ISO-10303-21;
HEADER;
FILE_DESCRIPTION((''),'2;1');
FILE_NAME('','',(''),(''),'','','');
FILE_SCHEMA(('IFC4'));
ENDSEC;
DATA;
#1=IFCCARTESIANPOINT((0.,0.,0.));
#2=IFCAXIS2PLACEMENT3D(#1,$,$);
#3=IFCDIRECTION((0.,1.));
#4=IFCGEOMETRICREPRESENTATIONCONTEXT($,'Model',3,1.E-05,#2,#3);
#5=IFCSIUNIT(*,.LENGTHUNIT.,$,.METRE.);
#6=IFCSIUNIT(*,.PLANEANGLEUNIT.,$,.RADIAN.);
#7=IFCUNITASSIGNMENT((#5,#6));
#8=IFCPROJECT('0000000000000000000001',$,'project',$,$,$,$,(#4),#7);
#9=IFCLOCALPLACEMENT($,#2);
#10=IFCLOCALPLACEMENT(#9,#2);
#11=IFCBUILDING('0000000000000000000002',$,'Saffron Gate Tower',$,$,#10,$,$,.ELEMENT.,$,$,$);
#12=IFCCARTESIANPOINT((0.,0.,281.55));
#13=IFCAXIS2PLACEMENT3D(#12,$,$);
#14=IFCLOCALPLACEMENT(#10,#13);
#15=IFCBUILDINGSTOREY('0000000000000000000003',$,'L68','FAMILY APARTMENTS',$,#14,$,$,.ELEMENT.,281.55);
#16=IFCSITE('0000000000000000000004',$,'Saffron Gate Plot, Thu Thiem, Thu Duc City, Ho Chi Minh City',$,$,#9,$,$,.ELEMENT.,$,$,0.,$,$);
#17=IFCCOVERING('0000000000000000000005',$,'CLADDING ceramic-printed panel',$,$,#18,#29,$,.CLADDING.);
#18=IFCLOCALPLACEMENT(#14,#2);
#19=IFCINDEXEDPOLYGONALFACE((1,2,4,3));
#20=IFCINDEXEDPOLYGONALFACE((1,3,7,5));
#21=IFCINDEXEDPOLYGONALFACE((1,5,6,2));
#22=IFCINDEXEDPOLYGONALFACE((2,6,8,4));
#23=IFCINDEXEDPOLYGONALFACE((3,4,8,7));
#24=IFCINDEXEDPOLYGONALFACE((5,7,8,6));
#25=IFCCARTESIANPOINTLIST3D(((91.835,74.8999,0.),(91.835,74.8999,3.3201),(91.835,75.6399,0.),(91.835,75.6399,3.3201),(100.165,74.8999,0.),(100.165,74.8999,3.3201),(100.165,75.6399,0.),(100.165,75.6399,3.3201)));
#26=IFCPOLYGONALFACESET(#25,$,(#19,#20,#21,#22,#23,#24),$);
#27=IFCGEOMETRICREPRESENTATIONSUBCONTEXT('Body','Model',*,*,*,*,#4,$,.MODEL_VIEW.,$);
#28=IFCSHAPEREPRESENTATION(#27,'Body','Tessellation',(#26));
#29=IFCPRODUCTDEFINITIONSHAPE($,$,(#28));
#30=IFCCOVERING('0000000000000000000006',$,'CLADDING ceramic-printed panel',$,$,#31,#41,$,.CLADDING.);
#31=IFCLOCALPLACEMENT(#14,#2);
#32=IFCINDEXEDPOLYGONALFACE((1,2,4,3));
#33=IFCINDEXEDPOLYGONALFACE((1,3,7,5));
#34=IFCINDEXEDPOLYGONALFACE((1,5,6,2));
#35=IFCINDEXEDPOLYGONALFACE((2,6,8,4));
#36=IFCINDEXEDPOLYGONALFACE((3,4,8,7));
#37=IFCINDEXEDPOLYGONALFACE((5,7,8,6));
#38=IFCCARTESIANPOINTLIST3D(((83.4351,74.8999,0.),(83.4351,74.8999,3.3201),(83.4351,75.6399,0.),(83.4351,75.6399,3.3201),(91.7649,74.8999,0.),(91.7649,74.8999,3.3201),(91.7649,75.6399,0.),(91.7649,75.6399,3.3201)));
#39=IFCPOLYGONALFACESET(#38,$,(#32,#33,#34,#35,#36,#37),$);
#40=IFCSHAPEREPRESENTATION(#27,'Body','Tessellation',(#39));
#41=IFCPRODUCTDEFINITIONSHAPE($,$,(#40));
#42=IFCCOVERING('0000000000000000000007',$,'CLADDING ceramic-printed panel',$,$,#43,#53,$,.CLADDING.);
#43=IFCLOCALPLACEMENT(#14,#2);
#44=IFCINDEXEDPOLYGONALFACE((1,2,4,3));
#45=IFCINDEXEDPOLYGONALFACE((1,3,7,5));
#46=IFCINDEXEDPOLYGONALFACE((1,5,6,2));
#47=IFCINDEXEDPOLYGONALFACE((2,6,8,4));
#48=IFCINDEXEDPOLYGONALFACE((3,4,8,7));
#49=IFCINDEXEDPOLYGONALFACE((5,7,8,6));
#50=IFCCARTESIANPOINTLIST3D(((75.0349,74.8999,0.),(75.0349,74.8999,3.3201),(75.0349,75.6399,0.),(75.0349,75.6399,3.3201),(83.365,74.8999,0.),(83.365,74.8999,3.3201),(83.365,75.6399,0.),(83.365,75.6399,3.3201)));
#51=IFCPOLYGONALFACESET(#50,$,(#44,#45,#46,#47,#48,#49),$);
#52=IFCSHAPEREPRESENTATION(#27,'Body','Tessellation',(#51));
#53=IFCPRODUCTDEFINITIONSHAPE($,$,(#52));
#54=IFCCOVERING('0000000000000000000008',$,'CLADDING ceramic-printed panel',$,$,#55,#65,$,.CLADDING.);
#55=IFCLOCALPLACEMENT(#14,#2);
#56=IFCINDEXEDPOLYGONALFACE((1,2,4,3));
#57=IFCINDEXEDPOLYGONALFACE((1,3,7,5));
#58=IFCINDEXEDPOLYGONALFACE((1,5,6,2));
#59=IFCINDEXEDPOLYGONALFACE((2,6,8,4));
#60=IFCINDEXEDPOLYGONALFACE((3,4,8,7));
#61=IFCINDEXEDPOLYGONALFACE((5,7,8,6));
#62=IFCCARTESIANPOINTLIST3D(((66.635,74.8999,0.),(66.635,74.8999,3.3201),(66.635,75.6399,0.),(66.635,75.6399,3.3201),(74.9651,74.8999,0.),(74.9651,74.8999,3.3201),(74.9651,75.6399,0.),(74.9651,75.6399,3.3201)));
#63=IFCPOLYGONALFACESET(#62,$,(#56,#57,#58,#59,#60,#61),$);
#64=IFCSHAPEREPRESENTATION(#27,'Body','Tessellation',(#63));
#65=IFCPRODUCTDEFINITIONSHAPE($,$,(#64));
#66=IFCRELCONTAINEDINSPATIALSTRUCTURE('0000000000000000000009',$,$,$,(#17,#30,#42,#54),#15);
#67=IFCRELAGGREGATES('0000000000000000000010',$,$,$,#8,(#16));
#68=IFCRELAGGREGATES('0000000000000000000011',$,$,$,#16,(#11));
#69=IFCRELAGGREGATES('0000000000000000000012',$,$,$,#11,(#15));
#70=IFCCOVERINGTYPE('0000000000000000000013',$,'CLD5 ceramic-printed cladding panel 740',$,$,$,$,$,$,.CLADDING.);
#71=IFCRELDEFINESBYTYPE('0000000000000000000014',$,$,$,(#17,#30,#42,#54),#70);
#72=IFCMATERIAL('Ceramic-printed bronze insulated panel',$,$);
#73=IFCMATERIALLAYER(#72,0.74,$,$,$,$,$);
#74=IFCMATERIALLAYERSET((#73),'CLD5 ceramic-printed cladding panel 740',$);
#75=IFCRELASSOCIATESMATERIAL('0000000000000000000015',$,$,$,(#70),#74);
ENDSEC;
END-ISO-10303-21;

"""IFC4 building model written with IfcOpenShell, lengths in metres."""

from ifc_helpers import new_model, si_unit, direction, frame, origin, place, context, subcontext, project, spatial, polyline, outline, extrude, material, layer, layer_set, type_object, element, save


model = new_model("IFC4")

# Units and contexts
model_context = context("Model", 3, precision=1e-05, world=origin(), true_north=direction((0.0, 1.0)))
body_context = subcontext(model_context, "Body", "Model", "MODEL_VIEW")
ifc_project = project(units=[si_unit("LENGTHUNIT", "METRE"), si_unit("PLANEANGLEUNIT", "RADIAN")], contexts=[model_context])

# Site, building, storey
site_placement = place(None, origin())
site = spatial("IfcSite", under=ifc_project, at=site_placement, Name="Saffron Gate Plot, Thu Thiem, Thu Duc City, Ho Chi Minh City", CompositionType="ELEMENT", RefElevation=0.0)
building_placement = place(site_placement, origin())
building = spatial("IfcBuilding", under=site, at=building_placement, Name="Saffron Gate Tower", CompositionType="ELEMENT")
storey_placement = place(building_placement, frame((0.0, 0.0, 281.55)))
storey = spatial("IfcBuildingStorey", under=building, at=storey_placement, Name="L68", Description="FAMILY APARTMENTS", CompositionType="ELEMENT", Elevation=281.55)

# Coverings
ifc_material_1 = material(Name="Ceramic-printed bronze insulated panel")
ifc_layer_1 = layer(ifc_material_1, 0.74)
ifc_layer_set_1 = layer_set([ifc_layer_1], Name="CLD5 ceramic-printed cladding panel 740")
covering_type = type_object("IfcCoveringType", Name="CLD5 ceramic-printed cladding panel 740", PredefinedType="CLADDING", material=ifc_layer_set_1)
covering_1_placement = place(storey_placement, origin())
element("IfcCovering", 1, at=covering_1_placement, inside=storey, type_object=covering_type, Name="CLADDING ceramic-printed panel", PredefinedType="CLADDING", context=body_context, shape_type="SweptSolid", body=[
    extrude(outline(polyline([(100.165, 75.6399), (91.835, 75.6399), (91.835, 74.8999), (100.165, 74.8999), (100.165, 75.6399)])), origin(), (0.0, 0.0, 1.0), 3.3201),
])
covering_2_placement = place(storey_placement, origin())
element("IfcCovering", 2, at=covering_2_placement, inside=storey, type_object=covering_type, Name="CLADDING ceramic-printed panel", PredefinedType="CLADDING", context=body_context, shape_type="SweptSolid", body=[
    extrude(outline(polyline([(91.7649, 75.6399), (83.4351, 75.6399), (83.4351, 74.8999), (91.7649, 74.8999), (91.7649, 75.6399)])), origin(), (0.0, 0.0, 1.0), 3.3201),
])
covering_3_placement = place(storey_placement, origin())
element("IfcCovering", 3, at=covering_3_placement, inside=storey, type_object=covering_type, Name="CLADDING ceramic-printed panel", PredefinedType="CLADDING", context=body_context, shape_type="SweptSolid", body=[
    extrude(outline(polyline([(83.365, 75.6399), (75.0349, 75.6399), (75.0349, 74.8999), (83.365, 74.8999), (83.365, 75.6399)])), origin(), (0.0, 0.0, 1.0), 3.3201),
])
covering_4_placement = place(storey_placement, origin())
element("IfcCovering", 4, at=covering_4_placement, inside=storey, type_object=covering_type, Name="CLADDING ceramic-printed panel", PredefinedType="CLADDING", context=body_context, shape_type="SweptSolid", body=[
    extrude(outline(polyline([(74.9651, 75.6399), (66.635, 75.6399), (66.635, 74.8999), (74.9651, 74.8999), (74.9651, 75.6399)])), origin(), (0.0, 0.0, 1.0), 3.3201),
])

save(model, "model.ifc")
